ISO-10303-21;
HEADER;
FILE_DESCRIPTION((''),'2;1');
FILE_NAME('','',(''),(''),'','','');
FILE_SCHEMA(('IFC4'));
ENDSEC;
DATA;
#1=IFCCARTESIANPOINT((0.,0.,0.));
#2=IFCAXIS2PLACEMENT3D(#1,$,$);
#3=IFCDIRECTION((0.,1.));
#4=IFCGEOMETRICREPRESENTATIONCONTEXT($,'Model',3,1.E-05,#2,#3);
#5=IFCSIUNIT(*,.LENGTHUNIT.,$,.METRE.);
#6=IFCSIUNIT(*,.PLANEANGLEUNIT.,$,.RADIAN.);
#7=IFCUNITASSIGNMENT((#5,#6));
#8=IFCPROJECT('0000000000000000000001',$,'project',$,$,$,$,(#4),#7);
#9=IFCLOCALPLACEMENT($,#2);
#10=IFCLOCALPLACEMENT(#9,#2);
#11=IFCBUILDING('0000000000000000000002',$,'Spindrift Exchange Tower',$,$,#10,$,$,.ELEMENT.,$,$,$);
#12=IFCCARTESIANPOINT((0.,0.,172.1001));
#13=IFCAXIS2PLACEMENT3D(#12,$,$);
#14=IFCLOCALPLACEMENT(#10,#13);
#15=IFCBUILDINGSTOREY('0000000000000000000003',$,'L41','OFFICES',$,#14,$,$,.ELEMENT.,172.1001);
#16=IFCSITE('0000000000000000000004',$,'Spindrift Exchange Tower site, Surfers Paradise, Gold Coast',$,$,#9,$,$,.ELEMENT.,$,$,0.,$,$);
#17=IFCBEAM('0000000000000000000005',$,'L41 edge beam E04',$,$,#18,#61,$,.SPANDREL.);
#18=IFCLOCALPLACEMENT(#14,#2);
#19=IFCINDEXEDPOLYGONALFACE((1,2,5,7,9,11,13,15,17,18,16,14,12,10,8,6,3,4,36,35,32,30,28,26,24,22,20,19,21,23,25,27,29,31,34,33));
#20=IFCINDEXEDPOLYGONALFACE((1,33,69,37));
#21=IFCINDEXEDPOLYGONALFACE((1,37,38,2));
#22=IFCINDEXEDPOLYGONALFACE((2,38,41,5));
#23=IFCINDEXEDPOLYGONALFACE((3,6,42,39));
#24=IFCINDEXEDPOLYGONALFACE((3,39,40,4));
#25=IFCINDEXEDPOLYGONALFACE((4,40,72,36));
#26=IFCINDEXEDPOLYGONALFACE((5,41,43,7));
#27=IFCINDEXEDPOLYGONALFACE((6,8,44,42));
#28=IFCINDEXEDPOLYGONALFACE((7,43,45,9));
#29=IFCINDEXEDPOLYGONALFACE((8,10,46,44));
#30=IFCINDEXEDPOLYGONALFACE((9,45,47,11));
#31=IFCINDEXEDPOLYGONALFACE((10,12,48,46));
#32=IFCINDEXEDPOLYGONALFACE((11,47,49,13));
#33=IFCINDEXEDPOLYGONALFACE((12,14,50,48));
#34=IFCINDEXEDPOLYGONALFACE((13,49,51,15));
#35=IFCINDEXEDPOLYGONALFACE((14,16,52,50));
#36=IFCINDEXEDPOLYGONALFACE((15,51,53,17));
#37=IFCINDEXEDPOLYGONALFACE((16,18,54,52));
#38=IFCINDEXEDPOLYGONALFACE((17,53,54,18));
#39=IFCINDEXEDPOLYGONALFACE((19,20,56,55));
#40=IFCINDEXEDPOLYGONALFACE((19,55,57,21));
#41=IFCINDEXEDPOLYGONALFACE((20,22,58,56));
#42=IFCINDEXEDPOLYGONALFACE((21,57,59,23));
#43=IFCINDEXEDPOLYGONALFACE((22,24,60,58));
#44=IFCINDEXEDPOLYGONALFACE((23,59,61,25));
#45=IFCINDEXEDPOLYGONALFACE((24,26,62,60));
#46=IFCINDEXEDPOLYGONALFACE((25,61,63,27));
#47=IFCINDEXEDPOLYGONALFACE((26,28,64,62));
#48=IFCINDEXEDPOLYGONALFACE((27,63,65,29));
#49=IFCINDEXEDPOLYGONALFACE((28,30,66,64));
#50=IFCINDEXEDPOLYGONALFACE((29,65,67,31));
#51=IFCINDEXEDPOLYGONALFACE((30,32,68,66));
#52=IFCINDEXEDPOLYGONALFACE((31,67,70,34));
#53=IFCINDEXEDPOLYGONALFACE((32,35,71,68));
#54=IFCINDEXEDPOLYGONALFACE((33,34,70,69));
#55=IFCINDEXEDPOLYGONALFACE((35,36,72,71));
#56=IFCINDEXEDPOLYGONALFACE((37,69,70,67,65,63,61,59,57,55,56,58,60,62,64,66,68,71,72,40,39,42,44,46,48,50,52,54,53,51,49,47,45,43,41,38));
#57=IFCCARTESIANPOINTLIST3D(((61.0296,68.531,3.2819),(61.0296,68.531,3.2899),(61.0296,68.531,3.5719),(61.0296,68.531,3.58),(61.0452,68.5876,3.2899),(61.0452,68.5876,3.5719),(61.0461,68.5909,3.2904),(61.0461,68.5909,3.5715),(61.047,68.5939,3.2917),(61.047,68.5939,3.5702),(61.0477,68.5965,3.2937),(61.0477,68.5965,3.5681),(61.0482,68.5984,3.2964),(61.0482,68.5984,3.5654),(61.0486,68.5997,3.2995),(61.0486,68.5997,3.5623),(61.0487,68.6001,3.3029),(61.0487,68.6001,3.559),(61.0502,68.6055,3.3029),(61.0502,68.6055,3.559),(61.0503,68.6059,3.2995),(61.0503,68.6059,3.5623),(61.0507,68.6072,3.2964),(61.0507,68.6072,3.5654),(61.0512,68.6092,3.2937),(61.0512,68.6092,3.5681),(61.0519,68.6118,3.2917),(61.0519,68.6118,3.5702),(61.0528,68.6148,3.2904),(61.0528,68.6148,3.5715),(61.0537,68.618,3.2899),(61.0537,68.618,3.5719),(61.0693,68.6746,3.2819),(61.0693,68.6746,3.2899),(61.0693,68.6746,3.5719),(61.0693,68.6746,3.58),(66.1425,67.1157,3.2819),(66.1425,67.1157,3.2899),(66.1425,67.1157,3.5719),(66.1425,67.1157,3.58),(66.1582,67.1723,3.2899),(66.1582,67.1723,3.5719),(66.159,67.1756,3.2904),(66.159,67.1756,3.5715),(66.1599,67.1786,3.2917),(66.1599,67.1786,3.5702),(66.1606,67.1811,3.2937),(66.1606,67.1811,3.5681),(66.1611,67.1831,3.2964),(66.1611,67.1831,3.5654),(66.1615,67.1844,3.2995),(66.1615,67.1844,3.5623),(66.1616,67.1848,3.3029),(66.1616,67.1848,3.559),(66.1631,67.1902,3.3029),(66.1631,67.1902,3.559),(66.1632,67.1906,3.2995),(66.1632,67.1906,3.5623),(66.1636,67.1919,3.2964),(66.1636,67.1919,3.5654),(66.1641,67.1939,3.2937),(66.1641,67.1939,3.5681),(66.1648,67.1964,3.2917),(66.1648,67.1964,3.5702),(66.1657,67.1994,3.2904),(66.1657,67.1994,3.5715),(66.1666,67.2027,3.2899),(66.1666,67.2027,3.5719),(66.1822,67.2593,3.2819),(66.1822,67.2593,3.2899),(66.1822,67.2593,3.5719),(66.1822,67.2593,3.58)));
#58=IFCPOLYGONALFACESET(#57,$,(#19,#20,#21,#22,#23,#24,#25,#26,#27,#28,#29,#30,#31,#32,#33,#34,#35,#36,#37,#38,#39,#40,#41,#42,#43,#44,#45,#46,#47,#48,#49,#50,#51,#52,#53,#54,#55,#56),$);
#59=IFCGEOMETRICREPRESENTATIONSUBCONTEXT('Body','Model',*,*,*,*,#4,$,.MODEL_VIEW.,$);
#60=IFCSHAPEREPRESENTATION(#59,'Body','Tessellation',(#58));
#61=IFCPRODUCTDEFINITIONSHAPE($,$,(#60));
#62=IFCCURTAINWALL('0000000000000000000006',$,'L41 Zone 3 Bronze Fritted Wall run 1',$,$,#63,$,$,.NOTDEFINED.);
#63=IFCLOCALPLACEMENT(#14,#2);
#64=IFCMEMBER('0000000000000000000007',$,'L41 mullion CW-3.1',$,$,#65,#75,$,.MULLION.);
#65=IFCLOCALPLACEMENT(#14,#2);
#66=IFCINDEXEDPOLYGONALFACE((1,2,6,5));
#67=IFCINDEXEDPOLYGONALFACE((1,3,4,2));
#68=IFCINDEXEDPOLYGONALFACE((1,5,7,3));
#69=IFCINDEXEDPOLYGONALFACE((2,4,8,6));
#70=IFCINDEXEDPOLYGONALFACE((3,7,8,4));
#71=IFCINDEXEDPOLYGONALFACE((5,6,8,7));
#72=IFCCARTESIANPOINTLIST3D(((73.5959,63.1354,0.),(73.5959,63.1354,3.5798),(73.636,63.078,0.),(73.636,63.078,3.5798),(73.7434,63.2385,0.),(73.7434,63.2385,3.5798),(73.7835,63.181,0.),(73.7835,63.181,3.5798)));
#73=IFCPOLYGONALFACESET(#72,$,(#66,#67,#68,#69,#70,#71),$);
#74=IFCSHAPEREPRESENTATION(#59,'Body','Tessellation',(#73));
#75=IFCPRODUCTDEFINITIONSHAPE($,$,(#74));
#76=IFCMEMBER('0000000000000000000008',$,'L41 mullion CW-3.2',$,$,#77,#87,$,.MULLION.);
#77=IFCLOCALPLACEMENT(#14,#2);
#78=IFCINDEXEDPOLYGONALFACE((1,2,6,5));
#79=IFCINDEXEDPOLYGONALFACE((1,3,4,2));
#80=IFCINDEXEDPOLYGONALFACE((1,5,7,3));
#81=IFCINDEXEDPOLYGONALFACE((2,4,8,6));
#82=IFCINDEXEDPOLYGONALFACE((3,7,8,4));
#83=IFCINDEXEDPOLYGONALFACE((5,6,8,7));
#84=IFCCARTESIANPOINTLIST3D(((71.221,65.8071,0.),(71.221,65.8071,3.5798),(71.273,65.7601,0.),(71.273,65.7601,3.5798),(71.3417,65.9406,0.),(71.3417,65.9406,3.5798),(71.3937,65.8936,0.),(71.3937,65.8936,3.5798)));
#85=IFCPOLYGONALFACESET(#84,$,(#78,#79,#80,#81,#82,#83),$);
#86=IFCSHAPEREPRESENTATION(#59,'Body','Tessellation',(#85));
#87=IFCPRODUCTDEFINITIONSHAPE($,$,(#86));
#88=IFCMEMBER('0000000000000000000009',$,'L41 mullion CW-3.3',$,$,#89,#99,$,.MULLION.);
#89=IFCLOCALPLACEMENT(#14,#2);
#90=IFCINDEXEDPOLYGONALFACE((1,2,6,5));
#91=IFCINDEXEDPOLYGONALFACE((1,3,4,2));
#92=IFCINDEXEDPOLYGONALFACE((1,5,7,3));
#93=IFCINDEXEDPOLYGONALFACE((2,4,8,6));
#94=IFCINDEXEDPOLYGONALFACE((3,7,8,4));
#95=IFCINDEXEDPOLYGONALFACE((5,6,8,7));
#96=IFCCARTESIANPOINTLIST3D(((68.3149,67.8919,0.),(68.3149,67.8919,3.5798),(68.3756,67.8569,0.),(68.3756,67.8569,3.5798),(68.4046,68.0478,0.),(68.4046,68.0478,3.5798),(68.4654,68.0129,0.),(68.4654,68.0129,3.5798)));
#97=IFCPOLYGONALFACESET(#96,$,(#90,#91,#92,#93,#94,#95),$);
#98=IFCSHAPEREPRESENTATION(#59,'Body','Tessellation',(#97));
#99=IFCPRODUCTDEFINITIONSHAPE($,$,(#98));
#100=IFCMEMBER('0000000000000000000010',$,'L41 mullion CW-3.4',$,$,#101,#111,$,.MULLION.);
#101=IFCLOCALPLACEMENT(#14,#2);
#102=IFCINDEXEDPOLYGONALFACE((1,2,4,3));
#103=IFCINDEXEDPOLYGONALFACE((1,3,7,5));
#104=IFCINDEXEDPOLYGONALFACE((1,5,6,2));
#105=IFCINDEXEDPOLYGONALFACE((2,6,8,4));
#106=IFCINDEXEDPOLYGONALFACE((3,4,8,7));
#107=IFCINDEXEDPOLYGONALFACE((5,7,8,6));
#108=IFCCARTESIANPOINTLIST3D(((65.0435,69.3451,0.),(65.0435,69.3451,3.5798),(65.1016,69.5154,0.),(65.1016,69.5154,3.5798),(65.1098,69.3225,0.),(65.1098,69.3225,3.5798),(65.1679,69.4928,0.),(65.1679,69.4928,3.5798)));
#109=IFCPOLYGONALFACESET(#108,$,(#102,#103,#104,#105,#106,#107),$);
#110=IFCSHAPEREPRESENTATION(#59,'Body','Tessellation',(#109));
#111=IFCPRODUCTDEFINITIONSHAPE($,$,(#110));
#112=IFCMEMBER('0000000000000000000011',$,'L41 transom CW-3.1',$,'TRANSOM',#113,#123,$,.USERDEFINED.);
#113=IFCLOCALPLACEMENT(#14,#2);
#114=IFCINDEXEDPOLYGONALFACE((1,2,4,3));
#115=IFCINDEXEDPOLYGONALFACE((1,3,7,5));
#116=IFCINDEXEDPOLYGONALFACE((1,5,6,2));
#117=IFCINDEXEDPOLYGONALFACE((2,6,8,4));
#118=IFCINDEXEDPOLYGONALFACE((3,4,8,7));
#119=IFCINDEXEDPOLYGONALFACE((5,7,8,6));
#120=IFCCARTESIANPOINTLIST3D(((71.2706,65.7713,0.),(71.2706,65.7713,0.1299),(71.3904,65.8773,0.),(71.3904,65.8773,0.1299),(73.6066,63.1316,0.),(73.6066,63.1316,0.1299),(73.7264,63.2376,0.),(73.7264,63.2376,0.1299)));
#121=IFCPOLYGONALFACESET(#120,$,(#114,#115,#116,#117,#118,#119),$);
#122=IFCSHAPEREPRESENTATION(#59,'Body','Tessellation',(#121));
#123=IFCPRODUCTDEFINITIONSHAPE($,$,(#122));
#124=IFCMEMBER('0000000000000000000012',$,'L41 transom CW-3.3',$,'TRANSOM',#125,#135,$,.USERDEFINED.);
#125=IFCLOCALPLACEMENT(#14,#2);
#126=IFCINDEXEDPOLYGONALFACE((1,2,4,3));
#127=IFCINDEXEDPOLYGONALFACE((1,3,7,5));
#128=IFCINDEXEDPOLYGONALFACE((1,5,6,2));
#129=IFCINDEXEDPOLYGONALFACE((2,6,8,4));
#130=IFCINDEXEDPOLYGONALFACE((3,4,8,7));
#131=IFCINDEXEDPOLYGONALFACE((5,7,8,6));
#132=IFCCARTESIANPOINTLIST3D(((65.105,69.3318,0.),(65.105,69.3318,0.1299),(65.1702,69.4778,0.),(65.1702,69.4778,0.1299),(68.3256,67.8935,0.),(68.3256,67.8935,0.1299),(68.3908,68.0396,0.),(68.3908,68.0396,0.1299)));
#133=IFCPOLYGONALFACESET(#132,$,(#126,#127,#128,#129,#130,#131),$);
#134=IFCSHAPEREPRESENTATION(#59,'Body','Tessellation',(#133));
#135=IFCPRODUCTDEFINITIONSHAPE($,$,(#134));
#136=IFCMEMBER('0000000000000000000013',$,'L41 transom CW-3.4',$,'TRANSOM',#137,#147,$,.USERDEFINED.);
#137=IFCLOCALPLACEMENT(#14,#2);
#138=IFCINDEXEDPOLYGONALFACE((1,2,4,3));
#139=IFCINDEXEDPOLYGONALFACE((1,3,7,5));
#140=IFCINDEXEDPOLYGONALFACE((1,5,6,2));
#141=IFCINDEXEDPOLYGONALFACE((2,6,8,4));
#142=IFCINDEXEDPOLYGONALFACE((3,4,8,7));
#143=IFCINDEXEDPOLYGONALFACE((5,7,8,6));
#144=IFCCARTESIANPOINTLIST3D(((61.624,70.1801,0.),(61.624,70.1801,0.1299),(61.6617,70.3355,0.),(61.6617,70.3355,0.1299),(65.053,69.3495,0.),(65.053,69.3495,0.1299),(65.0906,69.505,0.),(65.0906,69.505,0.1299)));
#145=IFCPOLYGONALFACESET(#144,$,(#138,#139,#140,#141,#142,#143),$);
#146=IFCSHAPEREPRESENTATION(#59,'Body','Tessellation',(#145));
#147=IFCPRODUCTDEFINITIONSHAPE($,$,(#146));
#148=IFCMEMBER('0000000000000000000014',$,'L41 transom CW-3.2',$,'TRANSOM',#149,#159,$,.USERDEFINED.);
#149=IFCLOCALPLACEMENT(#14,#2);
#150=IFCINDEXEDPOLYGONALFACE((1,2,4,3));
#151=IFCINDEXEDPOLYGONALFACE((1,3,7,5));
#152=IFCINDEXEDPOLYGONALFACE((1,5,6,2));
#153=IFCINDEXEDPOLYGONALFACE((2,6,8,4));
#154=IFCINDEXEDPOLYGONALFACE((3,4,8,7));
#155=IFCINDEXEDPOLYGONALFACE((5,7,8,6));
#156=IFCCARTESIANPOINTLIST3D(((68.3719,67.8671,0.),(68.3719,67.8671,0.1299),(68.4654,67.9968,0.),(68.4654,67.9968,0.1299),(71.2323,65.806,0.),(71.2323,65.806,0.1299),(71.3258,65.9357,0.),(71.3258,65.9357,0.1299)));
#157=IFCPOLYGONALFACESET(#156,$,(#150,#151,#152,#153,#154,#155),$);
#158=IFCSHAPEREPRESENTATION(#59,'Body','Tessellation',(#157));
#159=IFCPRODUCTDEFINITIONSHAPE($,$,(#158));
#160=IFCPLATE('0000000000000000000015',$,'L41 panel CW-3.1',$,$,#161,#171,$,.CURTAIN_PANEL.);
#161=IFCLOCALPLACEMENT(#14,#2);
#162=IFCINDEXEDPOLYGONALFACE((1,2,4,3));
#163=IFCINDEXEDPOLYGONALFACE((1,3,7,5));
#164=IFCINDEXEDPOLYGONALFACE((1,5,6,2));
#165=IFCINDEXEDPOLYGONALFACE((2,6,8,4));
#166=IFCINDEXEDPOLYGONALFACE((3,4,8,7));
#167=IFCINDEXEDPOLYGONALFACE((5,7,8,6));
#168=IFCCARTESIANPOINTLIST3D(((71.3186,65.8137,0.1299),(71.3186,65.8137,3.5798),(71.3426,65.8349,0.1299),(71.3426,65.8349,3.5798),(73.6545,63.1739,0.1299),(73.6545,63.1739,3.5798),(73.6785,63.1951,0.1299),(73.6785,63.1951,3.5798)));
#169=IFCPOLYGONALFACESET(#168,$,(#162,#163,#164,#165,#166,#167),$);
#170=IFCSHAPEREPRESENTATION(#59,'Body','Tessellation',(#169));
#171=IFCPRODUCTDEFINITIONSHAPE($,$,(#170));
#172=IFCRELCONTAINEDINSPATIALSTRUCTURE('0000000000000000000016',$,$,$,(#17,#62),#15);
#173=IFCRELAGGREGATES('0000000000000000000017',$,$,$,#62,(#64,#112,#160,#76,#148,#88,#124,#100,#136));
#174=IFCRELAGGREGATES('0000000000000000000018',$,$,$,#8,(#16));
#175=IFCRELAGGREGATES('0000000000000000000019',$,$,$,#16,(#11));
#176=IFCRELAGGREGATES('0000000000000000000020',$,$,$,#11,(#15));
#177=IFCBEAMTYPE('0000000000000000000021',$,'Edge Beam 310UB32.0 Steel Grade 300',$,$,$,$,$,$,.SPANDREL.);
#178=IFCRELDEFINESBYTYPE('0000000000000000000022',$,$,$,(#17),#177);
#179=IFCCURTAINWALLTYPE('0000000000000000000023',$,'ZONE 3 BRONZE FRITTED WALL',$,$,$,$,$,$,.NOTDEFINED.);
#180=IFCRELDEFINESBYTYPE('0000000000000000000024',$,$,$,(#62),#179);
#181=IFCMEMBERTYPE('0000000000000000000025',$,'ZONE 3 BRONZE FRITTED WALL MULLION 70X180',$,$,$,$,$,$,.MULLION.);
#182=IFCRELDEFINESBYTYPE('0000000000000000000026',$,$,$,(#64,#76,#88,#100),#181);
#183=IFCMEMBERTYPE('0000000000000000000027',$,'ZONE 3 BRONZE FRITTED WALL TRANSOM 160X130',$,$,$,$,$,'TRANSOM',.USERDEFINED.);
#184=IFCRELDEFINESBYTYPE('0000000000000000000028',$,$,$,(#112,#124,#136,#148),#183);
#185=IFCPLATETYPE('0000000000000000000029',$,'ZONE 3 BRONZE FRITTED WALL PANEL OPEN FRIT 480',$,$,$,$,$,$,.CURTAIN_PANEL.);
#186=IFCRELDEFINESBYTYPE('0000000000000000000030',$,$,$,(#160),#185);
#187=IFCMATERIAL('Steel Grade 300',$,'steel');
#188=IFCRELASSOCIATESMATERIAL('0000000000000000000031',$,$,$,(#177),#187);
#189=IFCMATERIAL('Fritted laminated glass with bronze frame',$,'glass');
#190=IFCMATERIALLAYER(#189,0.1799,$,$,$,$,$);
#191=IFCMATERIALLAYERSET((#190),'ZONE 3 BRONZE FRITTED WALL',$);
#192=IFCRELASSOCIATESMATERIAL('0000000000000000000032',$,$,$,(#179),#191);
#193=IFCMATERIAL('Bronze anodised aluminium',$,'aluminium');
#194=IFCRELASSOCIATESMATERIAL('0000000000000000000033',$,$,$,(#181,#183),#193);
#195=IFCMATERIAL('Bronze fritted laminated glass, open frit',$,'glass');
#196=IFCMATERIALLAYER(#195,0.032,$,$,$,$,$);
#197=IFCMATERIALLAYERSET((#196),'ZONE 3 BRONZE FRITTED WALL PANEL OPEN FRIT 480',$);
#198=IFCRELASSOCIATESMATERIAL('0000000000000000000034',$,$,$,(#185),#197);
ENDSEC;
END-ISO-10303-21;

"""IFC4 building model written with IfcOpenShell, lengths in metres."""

from ifc_helpers import new_model, si_unit, direction, frame, origin, origin_2d, place, context, subcontext, project, spatial, rectangle, i_section, extrude, source, transform, mapped, material, layer, layer_set, material_profile, profile_set, type_object, element, aggregate, save


model = new_model("IFC4")

# Units and contexts
model_context = context("Model", 3, precision=1e-05, world=origin(), true_north=direction((0.0, 1.0)))
body_context = subcontext(model_context, "Body", "Model", "MODEL_VIEW")
ifc_project = project(units=[si_unit("LENGTHUNIT", "METRE"), si_unit("PLANEANGLEUNIT", "RADIAN")], contexts=[model_context])

# Site, building, storey
site_placement = place(None, origin())
site = spatial("IfcSite", under=ifc_project, at=site_placement, Name="Spindrift Exchange Tower site, Surfers Paradise, Gold Coast", CompositionType="ELEMENT", RefElevation=0.0)
building_placement = place(site_placement, origin())
building = spatial("IfcBuilding", under=site, at=building_placement, Name="Spindrift Exchange Tower", CompositionType="ELEMENT")
storey_placement = place(building_placement, frame((0.0, 0.0, 172.1001)))
storey = spatial("IfcBuildingStorey", under=building, at=storey_placement, Name="L41", Description="OFFICES", CompositionType="ELEMENT", Elevation=172.1001)

# Beam
ifc_material_1 = material(Name="Steel Grade 300", Category="steel")
ifc_material_profile_1 = material_profile(ifc_material_1, i_section(OverallWidth=0.1489, OverallDepth=0.2981, WebThickness=0.0056, FlangeThickness=0.0081, FilletRadius=0.0129, at=origin_2d()), Name="310UB32.0")
ifc_profile_set_1 = profile_set([ifc_material_profile_1], Name="Steel Grade 300")
beam_type_1 = type_object("IfcBeamType", Name="Edge Beam 310UB32.0 Steel Grade 300", PredefinedType="SPANDREL", material=ifc_profile_set_1)
shared_shape_1 = source(origin(), body_context, "Body", "SweptSolid", [
    extrude(i_section(OverallWidth=0.1489, OverallDepth=0.2981, WebThickness=0.0056, FlangeThickness=0.0081, FilletRadius=0.0129, at=origin_2d()), origin(), (0.0, 0.0, 1.0), 5.3052),
])
beam_1_placement = place(storey_placement, frame((66.1624, 67.1875, 3.4309), z_axis=(-0.963758, 0.26678, 0.0), x_axis=(-0.26678, -0.963758, 0.0)))
element("IfcBeam", 1, at=beam_1_placement, inside=storey, type_object=beam_type_1, Name="L41 edge beam E04", PredefinedType="SPANDREL", context=body_context, shape_type="MappedRepresentation", body=[
    mapped(shared_shape_1, transform((0.0, 0.0, 0.0), scale=1.0)),
])

# Curtain wall, members, plate
ifc_material_2 = material(Name="Fritted laminated glass with bronze frame", Category="glass")
ifc_layer_1 = layer(ifc_material_2, 0.1799)
ifc_layer_set_1 = layer_set([ifc_layer_1], Name="ZONE 3 BRONZE FRITTED WALL")
curtain_wall_type = type_object("IfcCurtainWallType", Name="ZONE 3 BRONZE FRITTED WALL", PredefinedType="NOTDEFINED", material=ifc_layer_set_1)
curtain_wall_1_placement = place(storey_placement, origin())
curtain_wall_1 = element("IfcCurtainWall", 2, at=curtain_wall_1_placement, inside=storey, type_object=curtain_wall_type, Name="L41 Zone 3 Bronze Fritted Wall run 1", PredefinedType="NOTDEFINED")
ifc_material_3 = material(Name="Bronze anodised aluminium", Category="aluminium")
ifc_material_profile_2 = material_profile(ifc_material_3, rectangle(XDim=0.0701, YDim=0.1799, at=origin_2d()), Name="ZONE 3 BRONZE FRITTED WALL MULLION 70X180")
ifc_profile_set_2 = profile_set([ifc_material_profile_2], Name="Bronze anodised aluminium")
member_type_1 = type_object("IfcMemberType", Name="ZONE 3 BRONZE FRITTED WALL MULLION 70X180", PredefinedType="MULLION", material=ifc_profile_set_2)
shared_shape_2 = source(origin(), body_context, "Body", "SweptSolid", [
    extrude(rectangle(XDim=0.0701, YDim=0.1799, at=origin_2d()), origin(), (0.0, 0.0, 1.0), 3.5798),
])
member_1_placement = place(storey_placement, frame((73.6897, 63.1582, 0.0), z_axis=(0.0, 0.0, 1.0), x_axis=(-0.572838, 0.819669, 0.0)))
member_1 = element("IfcMember", 3, at=member_1_placement, type_object=member_type_1, Name="L41 mullion CW-3.1", PredefinedType="MULLION", context=body_context, shape_type="MappedRepresentation", body=[
    mapped(shared_shape_2, transform((0.0, 0.0, 0.0), scale=1.0)),
])
member_2_placement = place(storey_placement, frame((71.3074, 65.8503, 0.0), z_axis=(0.0, 0.0, 1.0), x_axis=(-0.741568, 0.670877, 0.0)))
member_2 = element("IfcMember", 4, at=member_2_placement, type_object=member_type_1, Name="L41 mullion CW-3.2", PredefinedType="MULLION", context=body_context, shape_type="MappedRepresentation", body=[
    mapped(shared_shape_2, transform((0.0, 0.0, 0.0), scale=1.0)),
])
member_3_placement = place(storey_placement, frame((68.3901, 67.9524, 0.0), z_axis=(0.0, 0.0, 1.0), x_axis=(-0.866735, 0.498769, 0.0)))
member_3 = element("IfcMember", 5, at=member_3_placement, type_object=member_type_1, Name="L41 mullion CW-3.3", PredefinedType="MULLION", context=body_context, shape_type="MappedRepresentation", body=[
    mapped(shared_shape_2, transform((0.0, 0.0, 0.0), scale=1.0)),
])
member_4_placement = place(storey_placement, frame((65.1057, 69.4189, 0.0), z_axis=(0.0, 0.0, 1.0), x_axis=(-0.946426, 0.32292, 0.0)))
member_4 = element("IfcMember", 6, at=member_4_placement, type_object=member_type_1, Name="L41 mullion CW-3.4", PredefinedType="MULLION", context=body_context, shape_type="MappedRepresentation", body=[
    mapped(shared_shape_2, transform((0.0, 0.0, 0.0), scale=1.0)),
])
ifc_material_profile_3 = material_profile(ifc_material_3, rectangle(XDim=0.1599, YDim=0.1299, at=origin_2d()), Name="ZONE 3 BRONZE FRITTED WALL TRANSOM 160X130")
ifc_profile_set_3 = profile_set([ifc_material_profile_3], Name="Bronze anodised aluminium")
member_type_2 = type_object("IfcMemberType", Name="ZONE 3 BRONZE FRITTED WALL TRANSOM 160X130", ElementType="TRANSOM", PredefinedType="USERDEFINED", material=ifc_profile_set_3)
shared_shape_3 = source(origin(), body_context, "Body", "SweptSolid", [
    extrude(rectangle(XDim=0.1599, YDim=0.1299, at=origin_2d()), origin(), (0.0, 0.0, 1.0), 3.5249),
])
member_5_placement = place(storey_placement, frame((73.6665, 63.1846, 0.0649), z_axis=(-0.662711, 0.748875, 0.0), x_axis=(-0.748875, -0.662711, 0.0)))
member_5 = element("IfcMember", 7, at=member_5_placement, type_object=member_type_2, Name="L41 transom CW-3.1", ObjectType="TRANSOM", PredefinedType="USERDEFINED", context=body_context, shape_type="MappedRepresentation", body=[
    mapped(shared_shape_3, transform((0.0, 0.0, 0.0), scale=1.0)),
])
shared_shape_4 = source(origin(), body_context, "Body", "SweptSolid", [
    extrude(rectangle(XDim=0.1599, YDim=0.1299, at=origin_2d()), origin(), (0.0, 0.0, 1.0), 3.5271),
])
member_6_placement = place(storey_placement, frame((68.3582, 67.9666, 0.0649), z_axis=(-0.913082, 0.407776, 0.0), x_axis=(-0.407776, -0.913082, 0.0)))
member_6 = element("IfcMember", 8, at=member_6_placement, type_object=member_type_2, Name="L41 transom CW-3.3", ObjectType="TRANSOM", PredefinedType="USERDEFINED", context=body_context, shape_type="MappedRepresentation", body=[
    mapped(shared_shape_4, transform((0.0, 0.0, 0.0), scale=1.0)),
])
shared_shape_5 = source(origin(), body_context, "Body", "SweptSolid", [
    extrude(rectangle(XDim=0.1599, YDim=0.1299, at=origin_2d()), origin(), (0.0, 0.0, 1.0), 3.5281),
])
member_7_placement = place(storey_placement, frame((65.0718, 69.4272, 0.0649), z_axis=(-0.971895, 0.235414, 0.0), x_axis=(-0.235414, -0.971895, 0.0)))
member_7 = element("IfcMember", 9, at=member_7_placement, type_object=member_type_2, Name="L41 transom CW-3.4", ObjectType="TRANSOM", PredefinedType="USERDEFINED", context=body_context, shape_type="MappedRepresentation", body=[
    mapped(shared_shape_5, transform((0.0, 0.0, 0.0), scale=1.0)),
])
shared_shape_6 = source(origin(), body_context, "Body", "SweptSolid", [
    extrude(rectangle(XDim=0.1599, YDim=0.1299, at=origin_2d()), origin(), (0.0, 0.0, 1.0), 3.5256),
])
member_8_placement = place(storey_placement, frame((71.2791, 65.8708, 0.0649), z_axis=(-0.811322, 0.5846, 0.0), x_axis=(-0.5846, -0.811322, 0.0)))
member_8 = element("IfcMember", 10, at=member_8_placement, type_object=member_type_2, Name="L41 transom CW-3.2", ObjectType="TRANSOM", PredefinedType="USERDEFINED", context=body_context, shape_type="MappedRepresentation", body=[
    mapped(shared_shape_6, transform((0.0, 0.0, 0.0), scale=1.0)),
])
ifc_material_4 = material(Name="Bronze fritted laminated glass, open frit", Category="glass")
ifc_layer_2 = layer(ifc_material_4, 0.032)
ifc_layer_set_2 = layer_set([ifc_layer_2], Name="ZONE 3 BRONZE FRITTED WALL PANEL OPEN FRIT 480")
plate_type_1 = type_object("IfcPlateType", Name="ZONE 3 BRONZE FRITTED WALL PANEL OPEN FRIT 480", PredefinedType="CURTAIN_PANEL", material=ifc_layer_set_2)
shared_shape_7 = source(origin(), body_context, "Body", "SweptSolid", [
    extrude(rectangle(XDim=3.5249, YDim=0.032, at=origin_2d()), origin(), (0.0, 0.0, 1.0), 3.45),
])
plate_1_placement = place(storey_placement, frame((72.4985, 64.5044, 0.1299), z_axis=(0.0, 0.0, 1.0), x_axis=(-0.662687, 0.748897, 0.0)))
plate_1 = element("IfcPlate", 11, at=plate_1_placement, type_object=plate_type_1, Name="L41 panel CW-3.1", PredefinedType="CURTAIN_PANEL", context=body_context, shape_type="MappedRepresentation", body=[
    mapped(shared_shape_7, transform((0.0, 0.0, 0.0), scale=1.0)),
])

aggregate(curtain_wall_1, [member_1, member_5, plate_1, member_2, member_8, member_3, member_6, member_4, member_7])

save(model, "model.ifc")
